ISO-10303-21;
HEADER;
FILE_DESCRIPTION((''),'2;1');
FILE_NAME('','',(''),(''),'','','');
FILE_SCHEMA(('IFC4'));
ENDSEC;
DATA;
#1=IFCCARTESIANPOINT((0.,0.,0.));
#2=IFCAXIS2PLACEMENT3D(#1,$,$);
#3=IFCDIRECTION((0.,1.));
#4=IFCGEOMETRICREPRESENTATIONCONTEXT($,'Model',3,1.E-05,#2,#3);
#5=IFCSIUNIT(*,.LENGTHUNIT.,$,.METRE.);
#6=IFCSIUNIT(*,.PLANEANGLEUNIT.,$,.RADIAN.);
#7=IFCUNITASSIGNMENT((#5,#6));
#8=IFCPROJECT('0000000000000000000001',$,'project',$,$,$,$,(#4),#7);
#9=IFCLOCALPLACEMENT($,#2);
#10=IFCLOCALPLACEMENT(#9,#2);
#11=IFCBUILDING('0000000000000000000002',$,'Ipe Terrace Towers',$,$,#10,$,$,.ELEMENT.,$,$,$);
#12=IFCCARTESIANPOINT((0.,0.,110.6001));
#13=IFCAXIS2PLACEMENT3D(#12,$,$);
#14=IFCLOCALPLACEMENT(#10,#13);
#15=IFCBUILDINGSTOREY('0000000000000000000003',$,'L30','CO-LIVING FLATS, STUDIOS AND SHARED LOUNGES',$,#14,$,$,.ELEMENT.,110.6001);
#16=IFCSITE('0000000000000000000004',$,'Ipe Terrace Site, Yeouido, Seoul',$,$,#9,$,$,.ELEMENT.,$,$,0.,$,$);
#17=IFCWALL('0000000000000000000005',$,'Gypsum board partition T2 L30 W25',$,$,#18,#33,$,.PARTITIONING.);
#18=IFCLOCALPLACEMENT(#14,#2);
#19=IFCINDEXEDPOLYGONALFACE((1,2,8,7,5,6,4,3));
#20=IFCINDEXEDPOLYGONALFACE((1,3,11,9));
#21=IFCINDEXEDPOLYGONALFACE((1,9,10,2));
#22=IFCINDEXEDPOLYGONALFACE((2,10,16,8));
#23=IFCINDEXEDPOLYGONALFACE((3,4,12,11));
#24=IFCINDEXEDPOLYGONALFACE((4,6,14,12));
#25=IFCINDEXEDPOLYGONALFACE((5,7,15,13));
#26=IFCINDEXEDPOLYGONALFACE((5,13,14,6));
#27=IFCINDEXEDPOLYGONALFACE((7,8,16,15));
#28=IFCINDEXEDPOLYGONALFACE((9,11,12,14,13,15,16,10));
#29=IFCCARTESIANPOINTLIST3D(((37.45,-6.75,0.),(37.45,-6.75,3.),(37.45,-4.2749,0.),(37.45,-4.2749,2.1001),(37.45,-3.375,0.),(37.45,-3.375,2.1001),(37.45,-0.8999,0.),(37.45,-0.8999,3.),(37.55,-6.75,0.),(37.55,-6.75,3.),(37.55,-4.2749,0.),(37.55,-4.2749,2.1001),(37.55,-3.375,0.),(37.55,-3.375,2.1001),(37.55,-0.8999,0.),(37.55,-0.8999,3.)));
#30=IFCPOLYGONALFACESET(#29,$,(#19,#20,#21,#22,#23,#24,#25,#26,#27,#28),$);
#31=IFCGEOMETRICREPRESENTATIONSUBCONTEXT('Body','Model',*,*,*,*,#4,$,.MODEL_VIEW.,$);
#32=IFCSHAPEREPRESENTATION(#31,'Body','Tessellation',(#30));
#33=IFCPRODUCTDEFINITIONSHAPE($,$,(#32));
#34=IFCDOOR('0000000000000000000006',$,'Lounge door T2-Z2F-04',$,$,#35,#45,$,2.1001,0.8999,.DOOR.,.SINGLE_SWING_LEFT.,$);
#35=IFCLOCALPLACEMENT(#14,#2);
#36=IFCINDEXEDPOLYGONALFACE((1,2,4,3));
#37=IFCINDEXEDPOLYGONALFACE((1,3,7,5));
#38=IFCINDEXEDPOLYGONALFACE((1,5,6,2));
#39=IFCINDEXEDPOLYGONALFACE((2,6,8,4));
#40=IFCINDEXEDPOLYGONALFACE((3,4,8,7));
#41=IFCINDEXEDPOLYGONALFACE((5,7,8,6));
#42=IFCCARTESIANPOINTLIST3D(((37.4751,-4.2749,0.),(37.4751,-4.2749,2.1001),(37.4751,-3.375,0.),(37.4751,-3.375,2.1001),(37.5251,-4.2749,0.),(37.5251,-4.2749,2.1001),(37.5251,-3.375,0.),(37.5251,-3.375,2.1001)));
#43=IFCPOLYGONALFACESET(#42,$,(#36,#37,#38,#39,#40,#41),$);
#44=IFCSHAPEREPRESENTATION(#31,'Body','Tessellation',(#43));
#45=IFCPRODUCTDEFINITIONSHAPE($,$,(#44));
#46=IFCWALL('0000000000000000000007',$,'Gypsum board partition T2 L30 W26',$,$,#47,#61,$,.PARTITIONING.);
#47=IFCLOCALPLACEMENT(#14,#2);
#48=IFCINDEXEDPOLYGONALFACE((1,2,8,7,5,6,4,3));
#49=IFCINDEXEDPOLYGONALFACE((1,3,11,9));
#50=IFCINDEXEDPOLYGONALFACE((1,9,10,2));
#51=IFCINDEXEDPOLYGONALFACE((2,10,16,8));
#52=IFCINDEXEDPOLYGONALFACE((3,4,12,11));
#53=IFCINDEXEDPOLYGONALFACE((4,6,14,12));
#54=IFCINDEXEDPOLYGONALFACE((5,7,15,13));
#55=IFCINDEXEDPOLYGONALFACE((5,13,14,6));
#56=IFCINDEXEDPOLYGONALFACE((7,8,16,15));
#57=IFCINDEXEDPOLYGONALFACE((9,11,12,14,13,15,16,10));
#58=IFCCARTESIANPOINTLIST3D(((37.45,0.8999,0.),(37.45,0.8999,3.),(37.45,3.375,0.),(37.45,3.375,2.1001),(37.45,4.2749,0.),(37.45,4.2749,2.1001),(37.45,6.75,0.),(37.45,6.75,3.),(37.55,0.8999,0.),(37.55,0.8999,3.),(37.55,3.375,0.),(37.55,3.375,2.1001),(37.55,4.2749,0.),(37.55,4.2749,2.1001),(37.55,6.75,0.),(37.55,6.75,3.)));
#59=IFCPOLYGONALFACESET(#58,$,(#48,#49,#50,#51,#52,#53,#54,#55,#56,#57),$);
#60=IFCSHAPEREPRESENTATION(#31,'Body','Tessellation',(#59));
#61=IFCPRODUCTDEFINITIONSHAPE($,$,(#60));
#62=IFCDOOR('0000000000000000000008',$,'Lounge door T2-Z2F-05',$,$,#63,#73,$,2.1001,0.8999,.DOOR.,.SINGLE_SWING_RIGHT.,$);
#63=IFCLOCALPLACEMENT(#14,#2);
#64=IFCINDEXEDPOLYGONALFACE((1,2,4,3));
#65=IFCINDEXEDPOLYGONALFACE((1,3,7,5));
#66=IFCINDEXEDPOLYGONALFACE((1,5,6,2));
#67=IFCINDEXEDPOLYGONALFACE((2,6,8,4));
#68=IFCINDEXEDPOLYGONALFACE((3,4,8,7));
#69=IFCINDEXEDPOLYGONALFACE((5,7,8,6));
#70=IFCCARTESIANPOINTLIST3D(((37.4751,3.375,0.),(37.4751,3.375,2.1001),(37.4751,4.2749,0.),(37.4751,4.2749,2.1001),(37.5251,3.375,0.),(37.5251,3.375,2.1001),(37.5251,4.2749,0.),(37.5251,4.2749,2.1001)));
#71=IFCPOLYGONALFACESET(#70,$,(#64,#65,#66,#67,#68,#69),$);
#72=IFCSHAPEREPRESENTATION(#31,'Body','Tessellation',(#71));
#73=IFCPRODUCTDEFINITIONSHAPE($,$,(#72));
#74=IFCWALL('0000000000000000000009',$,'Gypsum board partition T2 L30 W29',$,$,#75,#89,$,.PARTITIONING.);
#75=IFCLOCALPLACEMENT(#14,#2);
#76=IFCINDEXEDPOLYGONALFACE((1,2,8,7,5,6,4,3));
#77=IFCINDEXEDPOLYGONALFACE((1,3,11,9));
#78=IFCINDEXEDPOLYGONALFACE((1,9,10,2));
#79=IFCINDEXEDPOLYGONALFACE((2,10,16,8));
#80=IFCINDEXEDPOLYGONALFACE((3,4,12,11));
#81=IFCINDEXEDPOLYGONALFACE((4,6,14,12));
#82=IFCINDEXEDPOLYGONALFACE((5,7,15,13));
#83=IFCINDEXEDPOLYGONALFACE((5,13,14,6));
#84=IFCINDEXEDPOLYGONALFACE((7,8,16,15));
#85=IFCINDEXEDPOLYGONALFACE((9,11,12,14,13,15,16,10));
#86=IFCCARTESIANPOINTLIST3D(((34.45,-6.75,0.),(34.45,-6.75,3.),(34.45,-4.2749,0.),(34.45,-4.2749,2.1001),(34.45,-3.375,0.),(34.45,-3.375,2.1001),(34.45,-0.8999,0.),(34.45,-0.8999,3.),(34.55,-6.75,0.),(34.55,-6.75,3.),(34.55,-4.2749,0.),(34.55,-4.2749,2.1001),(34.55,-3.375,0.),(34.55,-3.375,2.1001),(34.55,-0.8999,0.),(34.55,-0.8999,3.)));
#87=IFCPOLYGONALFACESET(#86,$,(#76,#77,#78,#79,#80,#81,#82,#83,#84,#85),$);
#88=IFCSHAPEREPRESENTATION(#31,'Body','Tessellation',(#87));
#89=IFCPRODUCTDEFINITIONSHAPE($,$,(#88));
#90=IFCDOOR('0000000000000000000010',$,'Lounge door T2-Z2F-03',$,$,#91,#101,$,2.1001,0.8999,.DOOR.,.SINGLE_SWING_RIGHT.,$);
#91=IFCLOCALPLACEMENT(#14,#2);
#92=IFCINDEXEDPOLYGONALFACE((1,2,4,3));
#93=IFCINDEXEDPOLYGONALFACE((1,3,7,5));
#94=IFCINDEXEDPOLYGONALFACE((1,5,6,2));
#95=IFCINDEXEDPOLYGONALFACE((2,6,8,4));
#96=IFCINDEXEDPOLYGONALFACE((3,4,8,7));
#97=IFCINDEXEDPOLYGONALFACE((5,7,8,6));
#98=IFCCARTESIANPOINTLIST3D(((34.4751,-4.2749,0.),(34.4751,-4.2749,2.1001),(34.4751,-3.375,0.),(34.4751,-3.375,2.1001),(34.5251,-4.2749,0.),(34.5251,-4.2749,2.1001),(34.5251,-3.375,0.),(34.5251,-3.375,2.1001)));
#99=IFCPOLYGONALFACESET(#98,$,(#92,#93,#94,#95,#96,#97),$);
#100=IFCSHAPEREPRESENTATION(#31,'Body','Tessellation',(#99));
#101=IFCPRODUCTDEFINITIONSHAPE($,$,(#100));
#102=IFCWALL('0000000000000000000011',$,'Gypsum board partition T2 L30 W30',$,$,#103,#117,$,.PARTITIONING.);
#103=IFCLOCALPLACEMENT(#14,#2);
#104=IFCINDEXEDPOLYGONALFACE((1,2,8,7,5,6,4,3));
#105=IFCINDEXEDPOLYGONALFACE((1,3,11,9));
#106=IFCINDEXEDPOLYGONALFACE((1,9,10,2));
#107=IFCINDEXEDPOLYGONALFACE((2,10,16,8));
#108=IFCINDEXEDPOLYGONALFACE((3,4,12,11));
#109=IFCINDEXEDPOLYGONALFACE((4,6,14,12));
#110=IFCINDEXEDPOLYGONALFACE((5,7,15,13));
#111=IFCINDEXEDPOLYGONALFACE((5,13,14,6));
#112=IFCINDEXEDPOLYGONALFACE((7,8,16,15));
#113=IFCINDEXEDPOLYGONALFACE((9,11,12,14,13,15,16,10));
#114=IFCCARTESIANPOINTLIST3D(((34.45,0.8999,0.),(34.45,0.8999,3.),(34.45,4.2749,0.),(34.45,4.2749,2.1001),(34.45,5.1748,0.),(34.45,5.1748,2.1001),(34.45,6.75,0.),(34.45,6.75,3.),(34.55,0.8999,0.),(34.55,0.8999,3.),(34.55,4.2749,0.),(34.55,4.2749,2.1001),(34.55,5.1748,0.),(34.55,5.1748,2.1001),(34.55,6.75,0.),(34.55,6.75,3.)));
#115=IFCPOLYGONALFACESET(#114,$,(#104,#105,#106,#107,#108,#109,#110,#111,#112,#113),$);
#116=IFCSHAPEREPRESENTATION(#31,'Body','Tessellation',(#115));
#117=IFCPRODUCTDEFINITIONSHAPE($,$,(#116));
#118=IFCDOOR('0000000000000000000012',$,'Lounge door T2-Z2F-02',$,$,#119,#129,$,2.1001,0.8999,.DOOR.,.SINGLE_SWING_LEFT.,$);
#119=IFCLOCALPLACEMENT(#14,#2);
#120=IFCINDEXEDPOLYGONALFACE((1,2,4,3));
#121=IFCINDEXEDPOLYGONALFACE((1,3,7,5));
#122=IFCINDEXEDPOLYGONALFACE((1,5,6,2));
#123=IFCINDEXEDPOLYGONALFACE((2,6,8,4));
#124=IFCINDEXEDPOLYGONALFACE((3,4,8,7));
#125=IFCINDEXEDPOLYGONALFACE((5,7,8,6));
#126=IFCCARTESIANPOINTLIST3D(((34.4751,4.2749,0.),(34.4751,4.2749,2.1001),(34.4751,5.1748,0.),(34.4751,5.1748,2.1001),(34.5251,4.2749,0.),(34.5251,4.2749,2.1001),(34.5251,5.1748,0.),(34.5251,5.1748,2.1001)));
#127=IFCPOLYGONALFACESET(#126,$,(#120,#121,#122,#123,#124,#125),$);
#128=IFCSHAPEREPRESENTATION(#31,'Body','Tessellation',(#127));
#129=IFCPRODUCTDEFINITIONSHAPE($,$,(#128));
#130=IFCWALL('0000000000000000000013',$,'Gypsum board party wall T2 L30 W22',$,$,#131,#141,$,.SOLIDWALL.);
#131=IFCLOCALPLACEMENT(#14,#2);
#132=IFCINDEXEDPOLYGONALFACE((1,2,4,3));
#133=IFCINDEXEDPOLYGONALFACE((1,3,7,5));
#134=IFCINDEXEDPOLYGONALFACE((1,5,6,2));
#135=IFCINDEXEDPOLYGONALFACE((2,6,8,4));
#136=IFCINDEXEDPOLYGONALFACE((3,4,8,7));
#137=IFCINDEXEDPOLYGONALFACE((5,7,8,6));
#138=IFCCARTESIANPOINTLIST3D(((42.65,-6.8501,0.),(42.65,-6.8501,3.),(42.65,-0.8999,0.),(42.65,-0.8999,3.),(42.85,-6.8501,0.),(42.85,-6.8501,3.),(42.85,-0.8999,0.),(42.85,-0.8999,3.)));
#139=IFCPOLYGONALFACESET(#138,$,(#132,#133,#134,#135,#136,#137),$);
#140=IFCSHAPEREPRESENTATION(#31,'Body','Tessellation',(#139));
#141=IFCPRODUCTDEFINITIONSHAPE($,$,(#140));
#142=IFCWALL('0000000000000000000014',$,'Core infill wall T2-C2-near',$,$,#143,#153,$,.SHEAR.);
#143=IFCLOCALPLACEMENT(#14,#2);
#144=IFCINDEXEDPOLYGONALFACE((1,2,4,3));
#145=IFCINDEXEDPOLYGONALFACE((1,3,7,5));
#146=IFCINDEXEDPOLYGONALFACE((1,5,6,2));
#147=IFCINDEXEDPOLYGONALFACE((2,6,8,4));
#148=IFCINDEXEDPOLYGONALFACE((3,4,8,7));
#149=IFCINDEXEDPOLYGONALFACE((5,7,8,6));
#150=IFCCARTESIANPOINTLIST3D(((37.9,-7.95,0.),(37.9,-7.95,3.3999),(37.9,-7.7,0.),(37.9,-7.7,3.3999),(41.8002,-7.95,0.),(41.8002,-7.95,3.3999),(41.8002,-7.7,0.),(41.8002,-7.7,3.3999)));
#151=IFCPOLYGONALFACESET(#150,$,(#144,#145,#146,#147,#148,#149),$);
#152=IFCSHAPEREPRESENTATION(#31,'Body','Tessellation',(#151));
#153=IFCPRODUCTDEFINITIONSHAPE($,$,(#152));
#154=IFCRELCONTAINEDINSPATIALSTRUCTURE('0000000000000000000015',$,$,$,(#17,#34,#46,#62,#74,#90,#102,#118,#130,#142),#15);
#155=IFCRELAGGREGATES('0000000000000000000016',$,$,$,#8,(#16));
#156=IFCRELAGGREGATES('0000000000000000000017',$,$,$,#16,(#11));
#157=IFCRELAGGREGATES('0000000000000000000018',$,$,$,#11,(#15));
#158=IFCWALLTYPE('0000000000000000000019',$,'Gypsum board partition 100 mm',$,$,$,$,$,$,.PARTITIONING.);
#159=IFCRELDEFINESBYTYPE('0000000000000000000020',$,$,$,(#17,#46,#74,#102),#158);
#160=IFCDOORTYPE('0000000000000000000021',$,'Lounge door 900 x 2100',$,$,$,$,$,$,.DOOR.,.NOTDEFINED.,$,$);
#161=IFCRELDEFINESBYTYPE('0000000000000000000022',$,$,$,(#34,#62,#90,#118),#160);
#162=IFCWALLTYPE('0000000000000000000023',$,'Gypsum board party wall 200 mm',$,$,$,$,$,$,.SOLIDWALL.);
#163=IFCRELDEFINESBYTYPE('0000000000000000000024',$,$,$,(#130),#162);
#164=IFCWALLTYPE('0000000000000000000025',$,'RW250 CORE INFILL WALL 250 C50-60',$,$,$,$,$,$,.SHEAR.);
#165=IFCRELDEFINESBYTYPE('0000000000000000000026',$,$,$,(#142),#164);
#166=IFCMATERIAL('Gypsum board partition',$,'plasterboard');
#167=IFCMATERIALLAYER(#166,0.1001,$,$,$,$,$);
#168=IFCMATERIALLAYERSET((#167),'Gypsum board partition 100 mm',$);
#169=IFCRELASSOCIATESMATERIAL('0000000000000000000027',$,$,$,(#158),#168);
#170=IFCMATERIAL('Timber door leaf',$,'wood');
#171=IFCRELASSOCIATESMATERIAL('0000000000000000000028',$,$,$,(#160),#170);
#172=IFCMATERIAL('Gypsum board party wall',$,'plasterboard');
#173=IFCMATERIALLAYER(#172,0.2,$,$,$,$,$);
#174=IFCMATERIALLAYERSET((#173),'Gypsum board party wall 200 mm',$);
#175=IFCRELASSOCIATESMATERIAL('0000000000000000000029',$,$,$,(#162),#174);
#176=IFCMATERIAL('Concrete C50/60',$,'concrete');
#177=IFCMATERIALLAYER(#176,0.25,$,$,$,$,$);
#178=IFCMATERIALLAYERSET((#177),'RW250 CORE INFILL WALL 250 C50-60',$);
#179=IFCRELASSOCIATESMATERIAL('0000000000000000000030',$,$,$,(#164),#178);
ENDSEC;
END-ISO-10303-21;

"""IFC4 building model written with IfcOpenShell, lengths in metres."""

from ifc_helpers import new_model, si_unit, direction, frame, frame_2d, origin, place, context, subcontext, project, spatial, rectangle, extrude, material, layer, layer_set, type_object, element, fill, save


model = new_model("IFC4")

# Units and contexts
model_context = context("Model", 3, precision=1e-05, world=origin(), true_north=direction((0.0, 1.0)))
body_context = subcontext(model_context, "Body", "Model", "MODEL_VIEW")
ifc_project = project(units=[si_unit("LENGTHUNIT", "METRE"), si_unit("PLANEANGLEUNIT", "RADIAN")], contexts=[model_context])

# Site, building, storey
site_placement = place(None, origin())
site = spatial("IfcSite", under=ifc_project, at=site_placement, Name="Ipe Terrace Site, Yeouido, Seoul", CompositionType="ELEMENT", RefElevation=0.0)
building_placement = place(site_placement, origin())
building = spatial("IfcBuilding", under=site, at=building_placement, Name="Ipe Terrace Towers", CompositionType="ELEMENT")
storey_placement = place(building_placement, frame((0.0, 0.0, 110.6001)))
storey = spatial("IfcBuildingStorey", under=building, at=storey_placement, Name="L30", Description="CO-LIVING FLATS, STUDIOS AND SHARED LOUNGES", CompositionType="ELEMENT", Elevation=110.6001)

# Shared definitions
ifc_material_1 = material(Name="Gypsum board partition", Category="plasterboard")
ifc_layer_1 = layer(ifc_material_1, 0.1001)
ifc_layer_set_1 = layer_set([ifc_layer_1], Name="Gypsum board partition 100 mm")
wall_type_1 = type_object("IfcWallType", Name="Gypsum board partition 100 mm", PredefinedType="PARTITIONING", material=ifc_layer_set_1)

# Walls, openings, doors
wall_1_placement = place(storey_placement, frame((37.5, -6.75, 0.0), z_axis=(0.0, 0.0, 1.0), x_axis=(0.0, 1.0, 0.0)))
wall_1 = element("IfcWall", 1, at=wall_1_placement, inside=storey, type_object=wall_type_1, Name="Gypsum board partition T2 L30 W25", PredefinedType="PARTITIONING", context=body_context, shape_type="SweptSolid", body=[
    extrude(rectangle(XDim=5.8501, YDim=0.1001, at=frame_2d((2.925, 0.0))), origin(), (0.0, 0.0, 1.0), 3.0),
])
opening_1_placement = place(wall_1_placement, frame((2.4751, 0.0, 0.0)))
opening_1 = element("IfcOpeningElement", 2, at=opening_1_placement, cuts=wall_1, PredefinedType="OPENING", context=body_context, shape_type="SweptSolid", body=[
    extrude(rectangle(XDim=0.8999, YDim=2.1001, at=frame_2d((0.45, 1.05))), frame((0.0, 0.0601, 0.0), z_axis=(0.0, -1.0, 0.0), x_axis=(1.0, 0.0, 0.0)), (0.0, 0.0, 1.0), 0.1201),
])
ifc_material_2 = material(Name="Timber door leaf", Category="wood")
door_type_1 = type_object("IfcDoorType", Name="Lounge door 900 x 2100", OperationType="NOTDEFINED", PredefinedType="DOOR", material=ifc_material_2)
door_1_placement = place(opening_1_placement, origin())
door_1 = element("IfcDoor", 3, at=door_1_placement, inside=storey, type_object=door_type_1, Name="Lounge door T2-Z2F-04", OperationType="SINGLE_SWING_LEFT", OverallHeight=2.1001, OverallWidth=0.8999, PredefinedType="DOOR", context=body_context, shape_type="SweptSolid", body=[
    extrude(rectangle(XDim=0.8999, YDim=2.1001, at=frame_2d((0.45, 1.05))), frame((0.0, 0.0249, 0.0), z_axis=(0.0, -1.0, 0.0), x_axis=(1.0, 0.0, 0.0)), (0.0, 0.0, 1.0), 0.05),
])
fill(opening_1, door_1)
wall_2_placement = place(storey_placement, frame((37.5, 0.8999, 0.0), z_axis=(0.0, 0.0, 1.0), x_axis=(0.0, 1.0, 0.0)))
wall_2 = element("IfcWall", 4, at=wall_2_placement, inside=storey, type_object=wall_type_1, Name="Gypsum board partition T2 L30 W26", PredefinedType="PARTITIONING", context=body_context, shape_type="SweptSolid", body=[
    extrude(rectangle(XDim=5.8501, YDim=0.1001, at=frame_2d((2.925, 0.0))), origin(), (0.0, 0.0, 1.0), 3.0),
])
opening_2_placement = place(wall_2_placement, frame((2.4751, 0.0, 0.0)))
opening_2 = element("IfcOpeningElement", 5, at=opening_2_placement, cuts=wall_2, PredefinedType="OPENING", context=body_context, shape_type="SweptSolid", body=[
    extrude(rectangle(XDim=0.8999, YDim=2.1001, at=frame_2d((0.45, 1.05))), frame((0.0, 0.0601, 0.0), z_axis=(0.0, -1.0, 0.0), x_axis=(1.0, 0.0, 0.0)), (0.0, 0.0, 1.0), 0.1201),
])
door_2_placement = place(opening_2_placement, origin())
door_2 = element("IfcDoor", 6, at=door_2_placement, inside=storey, type_object=door_type_1, Name="Lounge door T2-Z2F-05", OperationType="SINGLE_SWING_RIGHT", OverallHeight=2.1001, OverallWidth=0.8999, PredefinedType="DOOR", context=body_context, shape_type="SweptSolid", body=[
    extrude(rectangle(XDim=0.8999, YDim=2.1001, at=frame_2d((0.45, 1.05))), frame((0.0, 0.0249, 0.0), z_axis=(0.0, -1.0, 0.0), x_axis=(1.0, 0.0, 0.0)), (0.0, 0.0, 1.0), 0.05),
])
fill(opening_2, door_2)
wall_3_placement = place(storey_placement, frame((34.5, -6.75, 0.0), z_axis=(0.0, 0.0, 1.0), x_axis=(0.0, 1.0, 0.0)))
wall_3 = element("IfcWall", 7, at=wall_3_placement, inside=storey, type_object=wall_type_1, Name="Gypsum board partition T2 L30 W29", PredefinedType="PARTITIONING", context=body_context, shape_type="SweptSolid", body=[
    extrude(rectangle(XDim=5.8501, YDim=0.1001, at=frame_2d((2.925, 0.0))), origin(), (0.0, 0.0, 1.0), 3.0),
])
opening_3_placement = place(wall_3_placement, frame((2.4751, 0.0, 0.0)))
opening_3 = element("IfcOpeningElement", 8, at=opening_3_placement, cuts=wall_3, PredefinedType="OPENING", context=body_context, shape_type="SweptSolid", body=[
    extrude(rectangle(XDim=0.8999, YDim=2.1001, at=frame_2d((0.45, 1.05))), frame((0.0, 0.0601, 0.0), z_axis=(0.0, -1.0, 0.0), x_axis=(1.0, 0.0, 0.0)), (0.0, 0.0, 1.0), 0.1201),
])
door_3_placement = place(opening_3_placement, origin())
door_3 = element("IfcDoor", 9, at=door_3_placement, inside=storey, type_object=door_type_1, Name="Lounge door T2-Z2F-03", OperationType="SINGLE_SWING_RIGHT", OverallHeight=2.1001, OverallWidth=0.8999, PredefinedType="DOOR", context=body_context, shape_type="SweptSolid", body=[
    extrude(rectangle(XDim=0.8999, YDim=2.1001, at=frame_2d((0.45, 1.05))), frame((0.0, 0.0249, 0.0), z_axis=(0.0, -1.0, 0.0), x_axis=(1.0, 0.0, 0.0)), (0.0, 0.0, 1.0), 0.05),
])
fill(opening_3, door_3)
wall_4_placement = place(storey_placement, frame((34.5, 0.8999, 0.0), z_axis=(0.0, 0.0, 1.0), x_axis=(0.0, 1.0, 0.0)))
wall_4 = element("IfcWall", 10, at=wall_4_placement, inside=storey, type_object=wall_type_1, Name="Gypsum board partition T2 L30 W30", PredefinedType="PARTITIONING", context=body_context, shape_type="SweptSolid", body=[
    extrude(rectangle(XDim=5.8501, YDim=0.1001, at=frame_2d((2.925, 0.0))), origin(), (0.0, 0.0, 1.0), 3.0),
])
opening_4_placement = place(wall_4_placement, frame((3.375, 0.0, 0.0)))
opening_4 = element("IfcOpeningElement", 11, at=opening_4_placement, cuts=wall_4, PredefinedType="OPENING", context=body_context, shape_type="SweptSolid", body=[
    extrude(rectangle(XDim=0.8999, YDim=2.1001, at=frame_2d((0.45, 1.05))), frame((0.0, 0.0601, 0.0), z_axis=(0.0, -1.0, 0.0), x_axis=(1.0, 0.0, 0.0)), (0.0, 0.0, 1.0), 0.1201),
])
door_4_placement = place(opening_4_placement, origin())
door_4 = element("IfcDoor", 12, at=door_4_placement, inside=storey, type_object=door_type_1, Name="Lounge door T2-Z2F-02", OperationType="SINGLE_SWING_LEFT", OverallHeight=2.1001, OverallWidth=0.8999, PredefinedType="DOOR", context=body_context, shape_type="SweptSolid", body=[
    extrude(rectangle(XDim=0.8999, YDim=2.1001, at=frame_2d((0.45, 1.05))), frame((0.0, 0.0249, 0.0), z_axis=(0.0, -1.0, 0.0), x_axis=(1.0, 0.0, 0.0)), (0.0, 0.0, 1.0), 0.05),
])
fill(opening_4, door_4)

# Walls
ifc_material_3 = material(Name="Gypsum board party wall", Category="plasterboard")
ifc_layer_2 = layer(ifc_material_3, 0.2)
ifc_layer_set_2 = layer_set([ifc_layer_2], Name="Gypsum board party wall 200 mm")
wall_type_2 = type_object("IfcWallType", Name="Gypsum board party wall 200 mm", PredefinedType="SOLIDWALL", material=ifc_layer_set_2)
wall_5_placement = place(storey_placement, frame((42.75, -6.8501, 0.0), z_axis=(0.0, 0.0, 1.0), x_axis=(0.0, 1.0, 0.0)))
element("IfcWall", 13, at=wall_5_placement, inside=storey, type_object=wall_type_2, Name="Gypsum board party wall T2 L30 W22", PredefinedType="SOLIDWALL", context=body_context, shape_type="SweptSolid", body=[
    extrude(rectangle(XDim=5.9502, YDim=0.2, at=frame_2d((2.9751, 0.0))), origin(), (0.0, 0.0, 1.0), 3.0),
])
ifc_material_4 = material(Name="Concrete C50/60", Category="concrete")
ifc_layer_3 = layer(ifc_material_4, 0.25)
ifc_layer_set_3 = layer_set([ifc_layer_3], Name="RW250 CORE INFILL WALL 250 C50-60")
wall_type_3 = type_object("IfcWallType", Name="RW250 CORE INFILL WALL 250 C50-60", PredefinedType="SHEAR", material=ifc_layer_set_3)
wall_6_placement = place(storey_placement, frame((37.8999, -7.825, 0.0), z_axis=(0.0, 0.0, 1.0), x_axis=(1.0, 0.0, 0.0)))
element("IfcWall", 14, at=wall_6_placement, inside=storey, type_object=wall_type_3, Name="Core infill wall T2-C2-near", PredefinedType="SHEAR", context=body_context, shape_type="SweptSolid", body=[
    extrude(rectangle(XDim=3.9001, YDim=0.25, at=frame_2d((1.9502, 0.0))), origin(), (0.0, 0.0, 1.0), 3.3999),
])

save(model, "model.ifc")
